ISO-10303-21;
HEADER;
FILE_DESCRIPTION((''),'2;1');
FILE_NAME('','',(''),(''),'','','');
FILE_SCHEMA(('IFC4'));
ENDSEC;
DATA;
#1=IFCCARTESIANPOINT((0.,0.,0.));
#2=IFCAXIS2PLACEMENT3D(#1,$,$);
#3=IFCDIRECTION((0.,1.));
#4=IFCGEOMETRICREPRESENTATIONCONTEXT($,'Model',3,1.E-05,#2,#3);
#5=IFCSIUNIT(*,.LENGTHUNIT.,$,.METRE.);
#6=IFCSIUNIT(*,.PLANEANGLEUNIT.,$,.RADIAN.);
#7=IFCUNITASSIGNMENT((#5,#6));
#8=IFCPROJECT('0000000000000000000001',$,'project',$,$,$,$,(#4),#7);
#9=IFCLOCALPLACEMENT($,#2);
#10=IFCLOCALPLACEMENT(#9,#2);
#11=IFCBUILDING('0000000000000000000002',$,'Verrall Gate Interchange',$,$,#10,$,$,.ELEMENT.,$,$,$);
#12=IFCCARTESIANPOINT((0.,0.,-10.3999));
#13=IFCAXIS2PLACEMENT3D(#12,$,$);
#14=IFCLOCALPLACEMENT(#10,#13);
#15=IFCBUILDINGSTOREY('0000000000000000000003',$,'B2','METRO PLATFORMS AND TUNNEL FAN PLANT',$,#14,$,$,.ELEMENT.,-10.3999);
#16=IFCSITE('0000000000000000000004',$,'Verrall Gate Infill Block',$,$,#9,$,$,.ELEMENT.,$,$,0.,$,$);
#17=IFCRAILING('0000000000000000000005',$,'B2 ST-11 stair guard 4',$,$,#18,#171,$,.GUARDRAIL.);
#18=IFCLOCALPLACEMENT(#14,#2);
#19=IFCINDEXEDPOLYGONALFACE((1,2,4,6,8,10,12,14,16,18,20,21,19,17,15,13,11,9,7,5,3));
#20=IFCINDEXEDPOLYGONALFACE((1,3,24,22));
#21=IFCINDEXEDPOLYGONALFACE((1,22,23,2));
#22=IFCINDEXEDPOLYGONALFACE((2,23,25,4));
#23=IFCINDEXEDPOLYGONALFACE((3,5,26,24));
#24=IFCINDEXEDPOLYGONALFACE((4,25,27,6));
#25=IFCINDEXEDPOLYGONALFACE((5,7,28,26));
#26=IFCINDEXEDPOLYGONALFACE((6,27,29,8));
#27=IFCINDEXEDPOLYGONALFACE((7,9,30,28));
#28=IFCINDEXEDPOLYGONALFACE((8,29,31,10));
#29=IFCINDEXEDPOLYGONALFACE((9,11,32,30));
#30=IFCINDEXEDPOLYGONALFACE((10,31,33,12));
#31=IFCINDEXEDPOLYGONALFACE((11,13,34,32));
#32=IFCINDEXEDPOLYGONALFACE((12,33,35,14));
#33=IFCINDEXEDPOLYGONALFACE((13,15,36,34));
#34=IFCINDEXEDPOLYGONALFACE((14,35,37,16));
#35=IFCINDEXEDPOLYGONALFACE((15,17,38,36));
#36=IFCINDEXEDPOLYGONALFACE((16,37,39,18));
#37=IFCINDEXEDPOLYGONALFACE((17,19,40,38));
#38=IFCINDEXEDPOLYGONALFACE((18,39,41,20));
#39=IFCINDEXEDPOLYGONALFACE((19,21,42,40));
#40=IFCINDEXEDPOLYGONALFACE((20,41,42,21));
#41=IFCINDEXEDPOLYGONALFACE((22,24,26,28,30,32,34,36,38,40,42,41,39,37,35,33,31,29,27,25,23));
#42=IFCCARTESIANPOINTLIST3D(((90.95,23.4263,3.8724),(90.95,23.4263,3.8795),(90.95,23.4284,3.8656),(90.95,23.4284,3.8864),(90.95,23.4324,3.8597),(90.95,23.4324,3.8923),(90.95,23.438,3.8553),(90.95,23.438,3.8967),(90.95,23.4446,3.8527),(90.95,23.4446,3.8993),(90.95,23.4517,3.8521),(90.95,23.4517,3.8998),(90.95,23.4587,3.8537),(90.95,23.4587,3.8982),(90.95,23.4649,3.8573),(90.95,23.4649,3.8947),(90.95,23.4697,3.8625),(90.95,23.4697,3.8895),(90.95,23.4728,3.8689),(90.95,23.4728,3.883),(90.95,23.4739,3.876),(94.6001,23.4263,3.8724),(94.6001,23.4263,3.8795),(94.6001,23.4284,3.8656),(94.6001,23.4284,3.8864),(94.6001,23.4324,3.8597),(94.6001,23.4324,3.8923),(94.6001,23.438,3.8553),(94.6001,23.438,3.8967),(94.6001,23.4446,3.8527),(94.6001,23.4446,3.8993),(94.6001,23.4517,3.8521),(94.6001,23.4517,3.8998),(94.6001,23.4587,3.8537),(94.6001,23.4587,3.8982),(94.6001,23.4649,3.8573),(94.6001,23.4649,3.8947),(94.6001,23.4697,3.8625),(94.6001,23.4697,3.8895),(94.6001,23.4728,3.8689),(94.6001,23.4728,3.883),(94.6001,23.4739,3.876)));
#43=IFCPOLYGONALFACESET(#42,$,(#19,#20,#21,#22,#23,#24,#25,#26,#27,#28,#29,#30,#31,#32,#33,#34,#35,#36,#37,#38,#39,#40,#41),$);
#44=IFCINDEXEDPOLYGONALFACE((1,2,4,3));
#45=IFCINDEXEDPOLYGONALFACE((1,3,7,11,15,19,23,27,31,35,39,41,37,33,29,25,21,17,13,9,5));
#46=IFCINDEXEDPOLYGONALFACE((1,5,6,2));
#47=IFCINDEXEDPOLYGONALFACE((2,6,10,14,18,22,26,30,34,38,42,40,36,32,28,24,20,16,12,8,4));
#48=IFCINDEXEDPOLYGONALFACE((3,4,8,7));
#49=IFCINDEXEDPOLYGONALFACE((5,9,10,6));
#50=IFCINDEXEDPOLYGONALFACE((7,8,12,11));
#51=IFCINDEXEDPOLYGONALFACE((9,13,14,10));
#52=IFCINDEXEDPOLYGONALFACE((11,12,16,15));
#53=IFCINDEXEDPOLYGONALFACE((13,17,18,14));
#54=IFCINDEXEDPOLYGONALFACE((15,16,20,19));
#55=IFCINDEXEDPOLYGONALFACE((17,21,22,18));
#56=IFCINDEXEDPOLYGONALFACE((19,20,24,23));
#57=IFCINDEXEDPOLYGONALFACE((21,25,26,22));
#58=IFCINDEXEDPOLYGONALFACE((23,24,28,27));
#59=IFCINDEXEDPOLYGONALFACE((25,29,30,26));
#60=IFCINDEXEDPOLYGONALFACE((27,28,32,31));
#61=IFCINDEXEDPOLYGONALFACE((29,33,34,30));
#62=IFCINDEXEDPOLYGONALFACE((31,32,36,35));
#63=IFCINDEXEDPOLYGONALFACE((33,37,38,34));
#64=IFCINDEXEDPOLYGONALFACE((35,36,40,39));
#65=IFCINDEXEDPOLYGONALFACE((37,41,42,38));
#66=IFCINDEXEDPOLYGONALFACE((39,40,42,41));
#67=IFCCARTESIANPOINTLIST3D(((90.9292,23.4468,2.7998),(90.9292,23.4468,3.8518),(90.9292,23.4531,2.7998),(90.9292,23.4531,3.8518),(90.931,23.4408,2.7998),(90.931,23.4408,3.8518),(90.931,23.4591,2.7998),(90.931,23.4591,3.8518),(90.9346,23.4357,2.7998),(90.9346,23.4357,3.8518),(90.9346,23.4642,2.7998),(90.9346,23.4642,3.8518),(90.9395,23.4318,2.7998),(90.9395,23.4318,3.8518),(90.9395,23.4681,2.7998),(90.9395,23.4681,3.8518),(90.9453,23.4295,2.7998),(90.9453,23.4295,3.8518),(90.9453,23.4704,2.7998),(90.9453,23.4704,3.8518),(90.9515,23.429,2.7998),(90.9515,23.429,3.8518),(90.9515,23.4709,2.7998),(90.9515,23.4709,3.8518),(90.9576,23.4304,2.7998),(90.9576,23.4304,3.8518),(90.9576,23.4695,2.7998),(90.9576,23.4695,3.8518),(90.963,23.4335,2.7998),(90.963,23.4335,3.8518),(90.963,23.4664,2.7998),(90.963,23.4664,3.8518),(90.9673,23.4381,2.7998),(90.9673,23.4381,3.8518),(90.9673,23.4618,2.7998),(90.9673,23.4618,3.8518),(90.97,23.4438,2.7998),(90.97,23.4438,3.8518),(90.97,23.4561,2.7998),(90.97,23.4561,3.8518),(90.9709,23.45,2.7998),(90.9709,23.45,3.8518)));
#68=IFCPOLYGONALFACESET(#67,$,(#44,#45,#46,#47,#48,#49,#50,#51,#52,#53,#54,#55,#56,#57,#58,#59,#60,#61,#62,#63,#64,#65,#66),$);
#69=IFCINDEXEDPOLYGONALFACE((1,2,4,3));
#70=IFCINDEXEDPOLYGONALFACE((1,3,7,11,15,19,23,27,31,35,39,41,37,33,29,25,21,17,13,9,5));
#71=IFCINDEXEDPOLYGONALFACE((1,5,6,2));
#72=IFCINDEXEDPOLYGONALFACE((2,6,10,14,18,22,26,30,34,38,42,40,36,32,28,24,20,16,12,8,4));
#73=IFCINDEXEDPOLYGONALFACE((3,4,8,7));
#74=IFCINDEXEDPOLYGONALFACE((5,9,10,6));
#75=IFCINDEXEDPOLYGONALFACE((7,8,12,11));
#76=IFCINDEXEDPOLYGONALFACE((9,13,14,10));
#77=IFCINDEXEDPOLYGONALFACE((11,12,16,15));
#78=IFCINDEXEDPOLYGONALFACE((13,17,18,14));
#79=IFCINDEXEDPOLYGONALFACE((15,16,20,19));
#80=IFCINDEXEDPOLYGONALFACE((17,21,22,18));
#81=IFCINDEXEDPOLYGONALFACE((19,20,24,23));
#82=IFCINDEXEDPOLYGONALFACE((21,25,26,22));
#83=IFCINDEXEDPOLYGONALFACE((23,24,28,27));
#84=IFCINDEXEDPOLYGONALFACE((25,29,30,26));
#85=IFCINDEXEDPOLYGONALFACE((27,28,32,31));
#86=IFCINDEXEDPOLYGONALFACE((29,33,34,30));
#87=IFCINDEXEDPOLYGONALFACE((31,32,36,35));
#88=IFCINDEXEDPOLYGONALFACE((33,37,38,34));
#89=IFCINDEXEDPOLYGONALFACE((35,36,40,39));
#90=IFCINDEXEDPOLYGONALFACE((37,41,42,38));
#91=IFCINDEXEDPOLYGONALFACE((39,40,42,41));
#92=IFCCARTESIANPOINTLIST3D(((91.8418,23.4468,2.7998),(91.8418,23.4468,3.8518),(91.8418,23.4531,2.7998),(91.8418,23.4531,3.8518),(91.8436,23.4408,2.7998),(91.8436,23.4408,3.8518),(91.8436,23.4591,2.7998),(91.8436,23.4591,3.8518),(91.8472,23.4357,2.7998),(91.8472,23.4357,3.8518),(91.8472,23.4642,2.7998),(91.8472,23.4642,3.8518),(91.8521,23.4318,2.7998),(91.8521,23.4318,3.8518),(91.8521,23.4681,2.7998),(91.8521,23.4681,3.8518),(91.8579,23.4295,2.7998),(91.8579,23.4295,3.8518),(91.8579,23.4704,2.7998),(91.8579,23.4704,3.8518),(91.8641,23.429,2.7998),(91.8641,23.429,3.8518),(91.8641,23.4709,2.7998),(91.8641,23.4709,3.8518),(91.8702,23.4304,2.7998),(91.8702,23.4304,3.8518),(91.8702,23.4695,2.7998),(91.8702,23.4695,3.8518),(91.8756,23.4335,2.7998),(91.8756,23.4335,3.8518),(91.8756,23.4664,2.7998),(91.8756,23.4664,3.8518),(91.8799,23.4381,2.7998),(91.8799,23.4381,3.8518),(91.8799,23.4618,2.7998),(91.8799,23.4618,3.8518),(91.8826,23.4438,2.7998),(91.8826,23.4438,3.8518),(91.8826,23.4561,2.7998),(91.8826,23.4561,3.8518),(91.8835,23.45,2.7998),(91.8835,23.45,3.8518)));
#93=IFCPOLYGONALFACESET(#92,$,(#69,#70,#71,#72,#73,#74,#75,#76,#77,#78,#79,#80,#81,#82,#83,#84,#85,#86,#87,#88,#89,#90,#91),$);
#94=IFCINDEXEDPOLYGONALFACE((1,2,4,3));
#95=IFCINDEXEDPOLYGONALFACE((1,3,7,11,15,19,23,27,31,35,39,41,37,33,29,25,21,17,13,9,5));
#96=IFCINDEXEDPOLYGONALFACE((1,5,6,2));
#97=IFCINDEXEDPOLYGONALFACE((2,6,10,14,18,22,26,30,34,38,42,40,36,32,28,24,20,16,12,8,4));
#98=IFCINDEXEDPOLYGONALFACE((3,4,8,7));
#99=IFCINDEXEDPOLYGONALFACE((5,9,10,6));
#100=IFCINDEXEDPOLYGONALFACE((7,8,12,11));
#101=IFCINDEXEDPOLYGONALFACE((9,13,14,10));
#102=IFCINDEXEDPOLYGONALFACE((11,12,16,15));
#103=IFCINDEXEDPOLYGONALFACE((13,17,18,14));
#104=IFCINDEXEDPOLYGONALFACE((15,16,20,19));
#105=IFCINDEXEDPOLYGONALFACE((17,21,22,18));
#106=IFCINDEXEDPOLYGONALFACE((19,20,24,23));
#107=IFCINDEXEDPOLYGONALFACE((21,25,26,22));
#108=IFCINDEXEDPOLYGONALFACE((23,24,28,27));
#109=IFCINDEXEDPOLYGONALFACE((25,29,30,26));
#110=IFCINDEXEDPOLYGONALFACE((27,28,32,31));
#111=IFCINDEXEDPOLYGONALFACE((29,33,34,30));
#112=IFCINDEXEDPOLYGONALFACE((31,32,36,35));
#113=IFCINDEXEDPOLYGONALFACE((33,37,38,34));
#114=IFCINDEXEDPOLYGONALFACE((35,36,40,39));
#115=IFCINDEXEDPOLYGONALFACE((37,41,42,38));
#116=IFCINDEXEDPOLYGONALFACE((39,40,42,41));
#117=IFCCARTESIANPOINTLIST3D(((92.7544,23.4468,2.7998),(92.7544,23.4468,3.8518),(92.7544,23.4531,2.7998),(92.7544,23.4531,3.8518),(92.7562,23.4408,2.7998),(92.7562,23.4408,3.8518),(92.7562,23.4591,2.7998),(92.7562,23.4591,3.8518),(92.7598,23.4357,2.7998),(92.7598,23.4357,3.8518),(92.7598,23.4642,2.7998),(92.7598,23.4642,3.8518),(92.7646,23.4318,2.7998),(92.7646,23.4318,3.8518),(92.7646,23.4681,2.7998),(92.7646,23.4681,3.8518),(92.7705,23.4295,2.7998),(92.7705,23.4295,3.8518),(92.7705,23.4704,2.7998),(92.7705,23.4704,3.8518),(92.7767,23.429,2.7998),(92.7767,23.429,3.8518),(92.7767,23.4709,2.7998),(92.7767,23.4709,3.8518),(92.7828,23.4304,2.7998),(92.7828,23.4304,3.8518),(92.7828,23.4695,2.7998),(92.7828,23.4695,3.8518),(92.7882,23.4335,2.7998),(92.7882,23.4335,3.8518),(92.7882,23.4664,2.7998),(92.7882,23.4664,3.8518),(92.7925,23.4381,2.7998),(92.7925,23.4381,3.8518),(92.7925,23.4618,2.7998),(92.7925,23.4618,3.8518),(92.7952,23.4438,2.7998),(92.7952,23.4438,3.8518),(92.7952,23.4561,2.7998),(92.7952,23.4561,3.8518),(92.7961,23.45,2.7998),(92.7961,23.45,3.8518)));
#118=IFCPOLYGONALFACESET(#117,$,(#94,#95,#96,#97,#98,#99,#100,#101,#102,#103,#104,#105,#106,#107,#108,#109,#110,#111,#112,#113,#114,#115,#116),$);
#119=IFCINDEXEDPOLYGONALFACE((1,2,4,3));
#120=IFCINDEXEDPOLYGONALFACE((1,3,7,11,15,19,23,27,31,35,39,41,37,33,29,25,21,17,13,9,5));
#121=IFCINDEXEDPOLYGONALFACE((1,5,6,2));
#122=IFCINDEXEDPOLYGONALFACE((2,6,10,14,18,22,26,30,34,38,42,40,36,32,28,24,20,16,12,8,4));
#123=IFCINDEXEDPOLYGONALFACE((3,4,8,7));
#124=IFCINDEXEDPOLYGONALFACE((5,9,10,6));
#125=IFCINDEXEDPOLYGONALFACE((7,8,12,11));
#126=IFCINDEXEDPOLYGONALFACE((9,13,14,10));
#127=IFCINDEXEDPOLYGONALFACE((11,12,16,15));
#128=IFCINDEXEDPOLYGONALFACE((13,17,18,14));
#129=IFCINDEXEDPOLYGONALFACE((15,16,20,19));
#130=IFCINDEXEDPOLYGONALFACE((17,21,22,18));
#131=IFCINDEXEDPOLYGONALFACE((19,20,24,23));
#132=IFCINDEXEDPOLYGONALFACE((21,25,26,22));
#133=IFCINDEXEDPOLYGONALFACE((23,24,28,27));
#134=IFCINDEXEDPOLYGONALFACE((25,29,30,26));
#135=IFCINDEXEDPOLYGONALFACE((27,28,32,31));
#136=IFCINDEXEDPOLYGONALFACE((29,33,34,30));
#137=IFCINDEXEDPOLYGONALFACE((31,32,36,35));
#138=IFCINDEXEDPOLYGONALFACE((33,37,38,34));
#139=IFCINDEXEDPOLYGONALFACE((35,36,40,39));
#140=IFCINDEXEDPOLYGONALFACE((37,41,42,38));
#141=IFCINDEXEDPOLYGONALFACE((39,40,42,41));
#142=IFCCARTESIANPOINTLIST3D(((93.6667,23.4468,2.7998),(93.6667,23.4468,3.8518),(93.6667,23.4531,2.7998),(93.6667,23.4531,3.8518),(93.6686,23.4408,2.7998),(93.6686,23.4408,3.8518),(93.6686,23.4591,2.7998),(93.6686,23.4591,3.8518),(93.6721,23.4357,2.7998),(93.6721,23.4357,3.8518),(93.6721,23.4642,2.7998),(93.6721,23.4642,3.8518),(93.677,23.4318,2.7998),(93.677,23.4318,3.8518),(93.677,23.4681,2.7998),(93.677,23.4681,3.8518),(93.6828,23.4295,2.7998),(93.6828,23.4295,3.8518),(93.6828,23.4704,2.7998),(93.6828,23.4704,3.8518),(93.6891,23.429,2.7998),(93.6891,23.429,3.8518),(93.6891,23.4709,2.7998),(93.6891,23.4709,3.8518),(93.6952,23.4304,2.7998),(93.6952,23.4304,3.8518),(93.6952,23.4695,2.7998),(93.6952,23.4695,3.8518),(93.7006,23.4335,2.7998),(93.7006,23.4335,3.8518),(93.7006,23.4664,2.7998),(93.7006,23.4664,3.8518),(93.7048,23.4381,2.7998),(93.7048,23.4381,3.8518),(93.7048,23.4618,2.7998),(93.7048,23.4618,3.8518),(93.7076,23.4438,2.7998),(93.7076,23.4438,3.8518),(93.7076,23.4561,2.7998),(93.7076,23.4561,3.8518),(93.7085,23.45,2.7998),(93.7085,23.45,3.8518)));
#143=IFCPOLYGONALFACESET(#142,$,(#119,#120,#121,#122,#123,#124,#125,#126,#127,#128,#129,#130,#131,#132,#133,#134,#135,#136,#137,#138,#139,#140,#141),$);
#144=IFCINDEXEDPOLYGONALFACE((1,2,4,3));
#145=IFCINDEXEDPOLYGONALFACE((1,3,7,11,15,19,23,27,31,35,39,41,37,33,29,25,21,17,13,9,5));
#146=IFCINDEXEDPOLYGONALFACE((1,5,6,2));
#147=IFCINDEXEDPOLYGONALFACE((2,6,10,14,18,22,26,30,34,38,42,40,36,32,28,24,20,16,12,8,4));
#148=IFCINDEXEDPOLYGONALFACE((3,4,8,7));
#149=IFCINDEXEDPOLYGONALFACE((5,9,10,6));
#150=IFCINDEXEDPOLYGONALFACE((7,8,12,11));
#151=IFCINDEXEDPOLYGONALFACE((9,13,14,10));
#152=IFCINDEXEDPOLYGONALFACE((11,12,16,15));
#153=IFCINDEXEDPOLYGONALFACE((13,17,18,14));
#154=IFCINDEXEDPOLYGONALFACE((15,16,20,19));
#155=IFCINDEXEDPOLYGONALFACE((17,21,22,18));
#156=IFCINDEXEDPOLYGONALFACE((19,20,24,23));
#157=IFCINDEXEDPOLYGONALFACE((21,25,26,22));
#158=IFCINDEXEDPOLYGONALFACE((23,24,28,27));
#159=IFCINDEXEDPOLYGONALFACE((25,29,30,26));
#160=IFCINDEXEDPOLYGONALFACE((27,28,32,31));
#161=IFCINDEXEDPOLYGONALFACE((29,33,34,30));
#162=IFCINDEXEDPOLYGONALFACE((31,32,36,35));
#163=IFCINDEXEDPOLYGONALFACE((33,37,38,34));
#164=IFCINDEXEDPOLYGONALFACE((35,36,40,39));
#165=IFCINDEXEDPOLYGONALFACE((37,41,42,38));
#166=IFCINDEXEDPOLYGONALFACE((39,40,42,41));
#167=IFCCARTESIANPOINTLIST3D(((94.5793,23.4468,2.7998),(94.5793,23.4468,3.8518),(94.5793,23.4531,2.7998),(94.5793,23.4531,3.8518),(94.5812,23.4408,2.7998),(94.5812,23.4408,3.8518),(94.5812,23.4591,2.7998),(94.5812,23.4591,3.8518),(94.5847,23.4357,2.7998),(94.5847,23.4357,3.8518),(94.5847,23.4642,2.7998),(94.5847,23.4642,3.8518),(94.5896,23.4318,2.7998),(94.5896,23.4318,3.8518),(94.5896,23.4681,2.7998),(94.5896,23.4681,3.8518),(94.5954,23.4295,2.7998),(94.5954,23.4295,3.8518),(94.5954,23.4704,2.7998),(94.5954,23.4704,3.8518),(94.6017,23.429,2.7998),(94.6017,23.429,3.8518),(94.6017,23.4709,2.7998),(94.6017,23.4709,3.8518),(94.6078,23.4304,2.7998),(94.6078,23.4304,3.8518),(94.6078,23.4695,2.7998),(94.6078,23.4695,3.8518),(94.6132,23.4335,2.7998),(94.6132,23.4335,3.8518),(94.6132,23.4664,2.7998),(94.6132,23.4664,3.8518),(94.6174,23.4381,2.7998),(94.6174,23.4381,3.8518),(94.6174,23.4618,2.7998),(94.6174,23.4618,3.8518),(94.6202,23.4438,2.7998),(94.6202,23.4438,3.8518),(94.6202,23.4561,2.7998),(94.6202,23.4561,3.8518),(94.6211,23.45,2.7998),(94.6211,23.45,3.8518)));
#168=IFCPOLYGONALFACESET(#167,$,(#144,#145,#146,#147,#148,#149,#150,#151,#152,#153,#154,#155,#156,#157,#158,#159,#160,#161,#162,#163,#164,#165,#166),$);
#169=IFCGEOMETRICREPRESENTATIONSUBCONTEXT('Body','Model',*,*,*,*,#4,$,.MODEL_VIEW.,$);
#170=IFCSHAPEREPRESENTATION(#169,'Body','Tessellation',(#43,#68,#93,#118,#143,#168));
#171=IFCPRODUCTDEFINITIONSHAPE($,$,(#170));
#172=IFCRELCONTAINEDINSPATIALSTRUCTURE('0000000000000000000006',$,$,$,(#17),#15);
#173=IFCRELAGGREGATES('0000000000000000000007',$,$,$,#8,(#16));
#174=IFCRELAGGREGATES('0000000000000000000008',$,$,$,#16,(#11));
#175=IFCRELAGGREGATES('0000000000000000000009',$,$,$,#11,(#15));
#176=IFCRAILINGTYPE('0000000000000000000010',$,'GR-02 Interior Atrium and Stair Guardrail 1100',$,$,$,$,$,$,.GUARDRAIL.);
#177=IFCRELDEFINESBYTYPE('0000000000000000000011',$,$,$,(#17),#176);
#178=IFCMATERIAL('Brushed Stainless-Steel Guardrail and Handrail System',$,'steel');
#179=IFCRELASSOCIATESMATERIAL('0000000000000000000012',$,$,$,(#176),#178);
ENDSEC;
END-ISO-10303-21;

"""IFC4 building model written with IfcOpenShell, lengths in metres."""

from ifc_helpers import new_model, si_unit, direction, frame, origin, origin_2d, place, context, subcontext, project, spatial, circle, extrude, material, type_object, element, save


model = new_model("IFC4")

# Units and contexts
model_context = context("Model", 3, precision=1e-05, world=origin(), true_north=direction((0.0, 1.0)))
body_context = subcontext(model_context, "Body", "Model", "MODEL_VIEW")
ifc_project = project(units=[si_unit("LENGTHUNIT", "METRE"), si_unit("PLANEANGLEUNIT", "RADIAN")], contexts=[model_context])

# Site, building, storey
site_placement = place(None, origin())
site = spatial("IfcSite", under=ifc_project, at=site_placement, Name="Verrall Gate Infill Block", CompositionType="ELEMENT", RefElevation=0.0)
building_placement = place(site_placement, origin())
building = spatial("IfcBuilding", under=site, at=building_placement, Name="Verrall Gate Interchange", CompositionType="ELEMENT")
storey_placement = place(building_placement, frame((0.0, 0.0, -10.3999)))
storey = spatial("IfcBuildingStorey", under=building, at=storey_placement, Name="B2", Description="METRO PLATFORMS AND TUNNEL FAN PLANT", CompositionType="ELEMENT", Elevation=-10.3999)

# Railing
ifc_material_1 = material(Name="Brushed Stainless-Steel Guardrail and Handrail System", Category="steel")
railing_type_1 = type_object("IfcRailingType", Name="GR-02 Interior Atrium and Stair Guardrail 1100", PredefinedType="GUARDRAIL", material=ifc_material_1)
railing_1_placement = place(storey_placement, frame((90.95, 23.45, 2.7998)))
element("IfcRailing", 1, at=railing_1_placement, inside=storey, type_object=railing_type_1, Name="B2 ST-11 stair guard 4", PredefinedType="GUARDRAIL", context=body_context, shape_type="SweptSolid", body=[
    extrude(circle(Radius=0.0239, at=origin_2d()), frame((0.0, 0.0, 1.0762), z_axis=(1.0, 0.0, 0.0), x_axis=(0.0, 1.0, 0.0)), (0.0, 0.0, 1.0), 3.6501),
    extrude(circle(Radius=0.021, at=origin_2d()), origin(), (0.0, 0.0, 1.0), 1.052),
    extrude(circle(Radius=0.021, at=origin_2d()), frame((0.9126, 0.0, 0.0)), (0.0, 0.0, 1.0), 1.052),
    extrude(circle(Radius=0.021, at=origin_2d()), frame((1.8252, 0.0, 0.0)), (0.0, 0.0, 1.0), 1.052),
    extrude(circle(Radius=0.021, at=origin_2d()), frame((2.7375, 0.0, 0.0)), (0.0, 0.0, 1.0), 1.052),
    extrude(circle(Radius=0.021, at=origin_2d()), frame((3.6501, 0.0, 0.0)), (0.0, 0.0, 1.0), 1.052),
])

save(model, "model.ifc")
